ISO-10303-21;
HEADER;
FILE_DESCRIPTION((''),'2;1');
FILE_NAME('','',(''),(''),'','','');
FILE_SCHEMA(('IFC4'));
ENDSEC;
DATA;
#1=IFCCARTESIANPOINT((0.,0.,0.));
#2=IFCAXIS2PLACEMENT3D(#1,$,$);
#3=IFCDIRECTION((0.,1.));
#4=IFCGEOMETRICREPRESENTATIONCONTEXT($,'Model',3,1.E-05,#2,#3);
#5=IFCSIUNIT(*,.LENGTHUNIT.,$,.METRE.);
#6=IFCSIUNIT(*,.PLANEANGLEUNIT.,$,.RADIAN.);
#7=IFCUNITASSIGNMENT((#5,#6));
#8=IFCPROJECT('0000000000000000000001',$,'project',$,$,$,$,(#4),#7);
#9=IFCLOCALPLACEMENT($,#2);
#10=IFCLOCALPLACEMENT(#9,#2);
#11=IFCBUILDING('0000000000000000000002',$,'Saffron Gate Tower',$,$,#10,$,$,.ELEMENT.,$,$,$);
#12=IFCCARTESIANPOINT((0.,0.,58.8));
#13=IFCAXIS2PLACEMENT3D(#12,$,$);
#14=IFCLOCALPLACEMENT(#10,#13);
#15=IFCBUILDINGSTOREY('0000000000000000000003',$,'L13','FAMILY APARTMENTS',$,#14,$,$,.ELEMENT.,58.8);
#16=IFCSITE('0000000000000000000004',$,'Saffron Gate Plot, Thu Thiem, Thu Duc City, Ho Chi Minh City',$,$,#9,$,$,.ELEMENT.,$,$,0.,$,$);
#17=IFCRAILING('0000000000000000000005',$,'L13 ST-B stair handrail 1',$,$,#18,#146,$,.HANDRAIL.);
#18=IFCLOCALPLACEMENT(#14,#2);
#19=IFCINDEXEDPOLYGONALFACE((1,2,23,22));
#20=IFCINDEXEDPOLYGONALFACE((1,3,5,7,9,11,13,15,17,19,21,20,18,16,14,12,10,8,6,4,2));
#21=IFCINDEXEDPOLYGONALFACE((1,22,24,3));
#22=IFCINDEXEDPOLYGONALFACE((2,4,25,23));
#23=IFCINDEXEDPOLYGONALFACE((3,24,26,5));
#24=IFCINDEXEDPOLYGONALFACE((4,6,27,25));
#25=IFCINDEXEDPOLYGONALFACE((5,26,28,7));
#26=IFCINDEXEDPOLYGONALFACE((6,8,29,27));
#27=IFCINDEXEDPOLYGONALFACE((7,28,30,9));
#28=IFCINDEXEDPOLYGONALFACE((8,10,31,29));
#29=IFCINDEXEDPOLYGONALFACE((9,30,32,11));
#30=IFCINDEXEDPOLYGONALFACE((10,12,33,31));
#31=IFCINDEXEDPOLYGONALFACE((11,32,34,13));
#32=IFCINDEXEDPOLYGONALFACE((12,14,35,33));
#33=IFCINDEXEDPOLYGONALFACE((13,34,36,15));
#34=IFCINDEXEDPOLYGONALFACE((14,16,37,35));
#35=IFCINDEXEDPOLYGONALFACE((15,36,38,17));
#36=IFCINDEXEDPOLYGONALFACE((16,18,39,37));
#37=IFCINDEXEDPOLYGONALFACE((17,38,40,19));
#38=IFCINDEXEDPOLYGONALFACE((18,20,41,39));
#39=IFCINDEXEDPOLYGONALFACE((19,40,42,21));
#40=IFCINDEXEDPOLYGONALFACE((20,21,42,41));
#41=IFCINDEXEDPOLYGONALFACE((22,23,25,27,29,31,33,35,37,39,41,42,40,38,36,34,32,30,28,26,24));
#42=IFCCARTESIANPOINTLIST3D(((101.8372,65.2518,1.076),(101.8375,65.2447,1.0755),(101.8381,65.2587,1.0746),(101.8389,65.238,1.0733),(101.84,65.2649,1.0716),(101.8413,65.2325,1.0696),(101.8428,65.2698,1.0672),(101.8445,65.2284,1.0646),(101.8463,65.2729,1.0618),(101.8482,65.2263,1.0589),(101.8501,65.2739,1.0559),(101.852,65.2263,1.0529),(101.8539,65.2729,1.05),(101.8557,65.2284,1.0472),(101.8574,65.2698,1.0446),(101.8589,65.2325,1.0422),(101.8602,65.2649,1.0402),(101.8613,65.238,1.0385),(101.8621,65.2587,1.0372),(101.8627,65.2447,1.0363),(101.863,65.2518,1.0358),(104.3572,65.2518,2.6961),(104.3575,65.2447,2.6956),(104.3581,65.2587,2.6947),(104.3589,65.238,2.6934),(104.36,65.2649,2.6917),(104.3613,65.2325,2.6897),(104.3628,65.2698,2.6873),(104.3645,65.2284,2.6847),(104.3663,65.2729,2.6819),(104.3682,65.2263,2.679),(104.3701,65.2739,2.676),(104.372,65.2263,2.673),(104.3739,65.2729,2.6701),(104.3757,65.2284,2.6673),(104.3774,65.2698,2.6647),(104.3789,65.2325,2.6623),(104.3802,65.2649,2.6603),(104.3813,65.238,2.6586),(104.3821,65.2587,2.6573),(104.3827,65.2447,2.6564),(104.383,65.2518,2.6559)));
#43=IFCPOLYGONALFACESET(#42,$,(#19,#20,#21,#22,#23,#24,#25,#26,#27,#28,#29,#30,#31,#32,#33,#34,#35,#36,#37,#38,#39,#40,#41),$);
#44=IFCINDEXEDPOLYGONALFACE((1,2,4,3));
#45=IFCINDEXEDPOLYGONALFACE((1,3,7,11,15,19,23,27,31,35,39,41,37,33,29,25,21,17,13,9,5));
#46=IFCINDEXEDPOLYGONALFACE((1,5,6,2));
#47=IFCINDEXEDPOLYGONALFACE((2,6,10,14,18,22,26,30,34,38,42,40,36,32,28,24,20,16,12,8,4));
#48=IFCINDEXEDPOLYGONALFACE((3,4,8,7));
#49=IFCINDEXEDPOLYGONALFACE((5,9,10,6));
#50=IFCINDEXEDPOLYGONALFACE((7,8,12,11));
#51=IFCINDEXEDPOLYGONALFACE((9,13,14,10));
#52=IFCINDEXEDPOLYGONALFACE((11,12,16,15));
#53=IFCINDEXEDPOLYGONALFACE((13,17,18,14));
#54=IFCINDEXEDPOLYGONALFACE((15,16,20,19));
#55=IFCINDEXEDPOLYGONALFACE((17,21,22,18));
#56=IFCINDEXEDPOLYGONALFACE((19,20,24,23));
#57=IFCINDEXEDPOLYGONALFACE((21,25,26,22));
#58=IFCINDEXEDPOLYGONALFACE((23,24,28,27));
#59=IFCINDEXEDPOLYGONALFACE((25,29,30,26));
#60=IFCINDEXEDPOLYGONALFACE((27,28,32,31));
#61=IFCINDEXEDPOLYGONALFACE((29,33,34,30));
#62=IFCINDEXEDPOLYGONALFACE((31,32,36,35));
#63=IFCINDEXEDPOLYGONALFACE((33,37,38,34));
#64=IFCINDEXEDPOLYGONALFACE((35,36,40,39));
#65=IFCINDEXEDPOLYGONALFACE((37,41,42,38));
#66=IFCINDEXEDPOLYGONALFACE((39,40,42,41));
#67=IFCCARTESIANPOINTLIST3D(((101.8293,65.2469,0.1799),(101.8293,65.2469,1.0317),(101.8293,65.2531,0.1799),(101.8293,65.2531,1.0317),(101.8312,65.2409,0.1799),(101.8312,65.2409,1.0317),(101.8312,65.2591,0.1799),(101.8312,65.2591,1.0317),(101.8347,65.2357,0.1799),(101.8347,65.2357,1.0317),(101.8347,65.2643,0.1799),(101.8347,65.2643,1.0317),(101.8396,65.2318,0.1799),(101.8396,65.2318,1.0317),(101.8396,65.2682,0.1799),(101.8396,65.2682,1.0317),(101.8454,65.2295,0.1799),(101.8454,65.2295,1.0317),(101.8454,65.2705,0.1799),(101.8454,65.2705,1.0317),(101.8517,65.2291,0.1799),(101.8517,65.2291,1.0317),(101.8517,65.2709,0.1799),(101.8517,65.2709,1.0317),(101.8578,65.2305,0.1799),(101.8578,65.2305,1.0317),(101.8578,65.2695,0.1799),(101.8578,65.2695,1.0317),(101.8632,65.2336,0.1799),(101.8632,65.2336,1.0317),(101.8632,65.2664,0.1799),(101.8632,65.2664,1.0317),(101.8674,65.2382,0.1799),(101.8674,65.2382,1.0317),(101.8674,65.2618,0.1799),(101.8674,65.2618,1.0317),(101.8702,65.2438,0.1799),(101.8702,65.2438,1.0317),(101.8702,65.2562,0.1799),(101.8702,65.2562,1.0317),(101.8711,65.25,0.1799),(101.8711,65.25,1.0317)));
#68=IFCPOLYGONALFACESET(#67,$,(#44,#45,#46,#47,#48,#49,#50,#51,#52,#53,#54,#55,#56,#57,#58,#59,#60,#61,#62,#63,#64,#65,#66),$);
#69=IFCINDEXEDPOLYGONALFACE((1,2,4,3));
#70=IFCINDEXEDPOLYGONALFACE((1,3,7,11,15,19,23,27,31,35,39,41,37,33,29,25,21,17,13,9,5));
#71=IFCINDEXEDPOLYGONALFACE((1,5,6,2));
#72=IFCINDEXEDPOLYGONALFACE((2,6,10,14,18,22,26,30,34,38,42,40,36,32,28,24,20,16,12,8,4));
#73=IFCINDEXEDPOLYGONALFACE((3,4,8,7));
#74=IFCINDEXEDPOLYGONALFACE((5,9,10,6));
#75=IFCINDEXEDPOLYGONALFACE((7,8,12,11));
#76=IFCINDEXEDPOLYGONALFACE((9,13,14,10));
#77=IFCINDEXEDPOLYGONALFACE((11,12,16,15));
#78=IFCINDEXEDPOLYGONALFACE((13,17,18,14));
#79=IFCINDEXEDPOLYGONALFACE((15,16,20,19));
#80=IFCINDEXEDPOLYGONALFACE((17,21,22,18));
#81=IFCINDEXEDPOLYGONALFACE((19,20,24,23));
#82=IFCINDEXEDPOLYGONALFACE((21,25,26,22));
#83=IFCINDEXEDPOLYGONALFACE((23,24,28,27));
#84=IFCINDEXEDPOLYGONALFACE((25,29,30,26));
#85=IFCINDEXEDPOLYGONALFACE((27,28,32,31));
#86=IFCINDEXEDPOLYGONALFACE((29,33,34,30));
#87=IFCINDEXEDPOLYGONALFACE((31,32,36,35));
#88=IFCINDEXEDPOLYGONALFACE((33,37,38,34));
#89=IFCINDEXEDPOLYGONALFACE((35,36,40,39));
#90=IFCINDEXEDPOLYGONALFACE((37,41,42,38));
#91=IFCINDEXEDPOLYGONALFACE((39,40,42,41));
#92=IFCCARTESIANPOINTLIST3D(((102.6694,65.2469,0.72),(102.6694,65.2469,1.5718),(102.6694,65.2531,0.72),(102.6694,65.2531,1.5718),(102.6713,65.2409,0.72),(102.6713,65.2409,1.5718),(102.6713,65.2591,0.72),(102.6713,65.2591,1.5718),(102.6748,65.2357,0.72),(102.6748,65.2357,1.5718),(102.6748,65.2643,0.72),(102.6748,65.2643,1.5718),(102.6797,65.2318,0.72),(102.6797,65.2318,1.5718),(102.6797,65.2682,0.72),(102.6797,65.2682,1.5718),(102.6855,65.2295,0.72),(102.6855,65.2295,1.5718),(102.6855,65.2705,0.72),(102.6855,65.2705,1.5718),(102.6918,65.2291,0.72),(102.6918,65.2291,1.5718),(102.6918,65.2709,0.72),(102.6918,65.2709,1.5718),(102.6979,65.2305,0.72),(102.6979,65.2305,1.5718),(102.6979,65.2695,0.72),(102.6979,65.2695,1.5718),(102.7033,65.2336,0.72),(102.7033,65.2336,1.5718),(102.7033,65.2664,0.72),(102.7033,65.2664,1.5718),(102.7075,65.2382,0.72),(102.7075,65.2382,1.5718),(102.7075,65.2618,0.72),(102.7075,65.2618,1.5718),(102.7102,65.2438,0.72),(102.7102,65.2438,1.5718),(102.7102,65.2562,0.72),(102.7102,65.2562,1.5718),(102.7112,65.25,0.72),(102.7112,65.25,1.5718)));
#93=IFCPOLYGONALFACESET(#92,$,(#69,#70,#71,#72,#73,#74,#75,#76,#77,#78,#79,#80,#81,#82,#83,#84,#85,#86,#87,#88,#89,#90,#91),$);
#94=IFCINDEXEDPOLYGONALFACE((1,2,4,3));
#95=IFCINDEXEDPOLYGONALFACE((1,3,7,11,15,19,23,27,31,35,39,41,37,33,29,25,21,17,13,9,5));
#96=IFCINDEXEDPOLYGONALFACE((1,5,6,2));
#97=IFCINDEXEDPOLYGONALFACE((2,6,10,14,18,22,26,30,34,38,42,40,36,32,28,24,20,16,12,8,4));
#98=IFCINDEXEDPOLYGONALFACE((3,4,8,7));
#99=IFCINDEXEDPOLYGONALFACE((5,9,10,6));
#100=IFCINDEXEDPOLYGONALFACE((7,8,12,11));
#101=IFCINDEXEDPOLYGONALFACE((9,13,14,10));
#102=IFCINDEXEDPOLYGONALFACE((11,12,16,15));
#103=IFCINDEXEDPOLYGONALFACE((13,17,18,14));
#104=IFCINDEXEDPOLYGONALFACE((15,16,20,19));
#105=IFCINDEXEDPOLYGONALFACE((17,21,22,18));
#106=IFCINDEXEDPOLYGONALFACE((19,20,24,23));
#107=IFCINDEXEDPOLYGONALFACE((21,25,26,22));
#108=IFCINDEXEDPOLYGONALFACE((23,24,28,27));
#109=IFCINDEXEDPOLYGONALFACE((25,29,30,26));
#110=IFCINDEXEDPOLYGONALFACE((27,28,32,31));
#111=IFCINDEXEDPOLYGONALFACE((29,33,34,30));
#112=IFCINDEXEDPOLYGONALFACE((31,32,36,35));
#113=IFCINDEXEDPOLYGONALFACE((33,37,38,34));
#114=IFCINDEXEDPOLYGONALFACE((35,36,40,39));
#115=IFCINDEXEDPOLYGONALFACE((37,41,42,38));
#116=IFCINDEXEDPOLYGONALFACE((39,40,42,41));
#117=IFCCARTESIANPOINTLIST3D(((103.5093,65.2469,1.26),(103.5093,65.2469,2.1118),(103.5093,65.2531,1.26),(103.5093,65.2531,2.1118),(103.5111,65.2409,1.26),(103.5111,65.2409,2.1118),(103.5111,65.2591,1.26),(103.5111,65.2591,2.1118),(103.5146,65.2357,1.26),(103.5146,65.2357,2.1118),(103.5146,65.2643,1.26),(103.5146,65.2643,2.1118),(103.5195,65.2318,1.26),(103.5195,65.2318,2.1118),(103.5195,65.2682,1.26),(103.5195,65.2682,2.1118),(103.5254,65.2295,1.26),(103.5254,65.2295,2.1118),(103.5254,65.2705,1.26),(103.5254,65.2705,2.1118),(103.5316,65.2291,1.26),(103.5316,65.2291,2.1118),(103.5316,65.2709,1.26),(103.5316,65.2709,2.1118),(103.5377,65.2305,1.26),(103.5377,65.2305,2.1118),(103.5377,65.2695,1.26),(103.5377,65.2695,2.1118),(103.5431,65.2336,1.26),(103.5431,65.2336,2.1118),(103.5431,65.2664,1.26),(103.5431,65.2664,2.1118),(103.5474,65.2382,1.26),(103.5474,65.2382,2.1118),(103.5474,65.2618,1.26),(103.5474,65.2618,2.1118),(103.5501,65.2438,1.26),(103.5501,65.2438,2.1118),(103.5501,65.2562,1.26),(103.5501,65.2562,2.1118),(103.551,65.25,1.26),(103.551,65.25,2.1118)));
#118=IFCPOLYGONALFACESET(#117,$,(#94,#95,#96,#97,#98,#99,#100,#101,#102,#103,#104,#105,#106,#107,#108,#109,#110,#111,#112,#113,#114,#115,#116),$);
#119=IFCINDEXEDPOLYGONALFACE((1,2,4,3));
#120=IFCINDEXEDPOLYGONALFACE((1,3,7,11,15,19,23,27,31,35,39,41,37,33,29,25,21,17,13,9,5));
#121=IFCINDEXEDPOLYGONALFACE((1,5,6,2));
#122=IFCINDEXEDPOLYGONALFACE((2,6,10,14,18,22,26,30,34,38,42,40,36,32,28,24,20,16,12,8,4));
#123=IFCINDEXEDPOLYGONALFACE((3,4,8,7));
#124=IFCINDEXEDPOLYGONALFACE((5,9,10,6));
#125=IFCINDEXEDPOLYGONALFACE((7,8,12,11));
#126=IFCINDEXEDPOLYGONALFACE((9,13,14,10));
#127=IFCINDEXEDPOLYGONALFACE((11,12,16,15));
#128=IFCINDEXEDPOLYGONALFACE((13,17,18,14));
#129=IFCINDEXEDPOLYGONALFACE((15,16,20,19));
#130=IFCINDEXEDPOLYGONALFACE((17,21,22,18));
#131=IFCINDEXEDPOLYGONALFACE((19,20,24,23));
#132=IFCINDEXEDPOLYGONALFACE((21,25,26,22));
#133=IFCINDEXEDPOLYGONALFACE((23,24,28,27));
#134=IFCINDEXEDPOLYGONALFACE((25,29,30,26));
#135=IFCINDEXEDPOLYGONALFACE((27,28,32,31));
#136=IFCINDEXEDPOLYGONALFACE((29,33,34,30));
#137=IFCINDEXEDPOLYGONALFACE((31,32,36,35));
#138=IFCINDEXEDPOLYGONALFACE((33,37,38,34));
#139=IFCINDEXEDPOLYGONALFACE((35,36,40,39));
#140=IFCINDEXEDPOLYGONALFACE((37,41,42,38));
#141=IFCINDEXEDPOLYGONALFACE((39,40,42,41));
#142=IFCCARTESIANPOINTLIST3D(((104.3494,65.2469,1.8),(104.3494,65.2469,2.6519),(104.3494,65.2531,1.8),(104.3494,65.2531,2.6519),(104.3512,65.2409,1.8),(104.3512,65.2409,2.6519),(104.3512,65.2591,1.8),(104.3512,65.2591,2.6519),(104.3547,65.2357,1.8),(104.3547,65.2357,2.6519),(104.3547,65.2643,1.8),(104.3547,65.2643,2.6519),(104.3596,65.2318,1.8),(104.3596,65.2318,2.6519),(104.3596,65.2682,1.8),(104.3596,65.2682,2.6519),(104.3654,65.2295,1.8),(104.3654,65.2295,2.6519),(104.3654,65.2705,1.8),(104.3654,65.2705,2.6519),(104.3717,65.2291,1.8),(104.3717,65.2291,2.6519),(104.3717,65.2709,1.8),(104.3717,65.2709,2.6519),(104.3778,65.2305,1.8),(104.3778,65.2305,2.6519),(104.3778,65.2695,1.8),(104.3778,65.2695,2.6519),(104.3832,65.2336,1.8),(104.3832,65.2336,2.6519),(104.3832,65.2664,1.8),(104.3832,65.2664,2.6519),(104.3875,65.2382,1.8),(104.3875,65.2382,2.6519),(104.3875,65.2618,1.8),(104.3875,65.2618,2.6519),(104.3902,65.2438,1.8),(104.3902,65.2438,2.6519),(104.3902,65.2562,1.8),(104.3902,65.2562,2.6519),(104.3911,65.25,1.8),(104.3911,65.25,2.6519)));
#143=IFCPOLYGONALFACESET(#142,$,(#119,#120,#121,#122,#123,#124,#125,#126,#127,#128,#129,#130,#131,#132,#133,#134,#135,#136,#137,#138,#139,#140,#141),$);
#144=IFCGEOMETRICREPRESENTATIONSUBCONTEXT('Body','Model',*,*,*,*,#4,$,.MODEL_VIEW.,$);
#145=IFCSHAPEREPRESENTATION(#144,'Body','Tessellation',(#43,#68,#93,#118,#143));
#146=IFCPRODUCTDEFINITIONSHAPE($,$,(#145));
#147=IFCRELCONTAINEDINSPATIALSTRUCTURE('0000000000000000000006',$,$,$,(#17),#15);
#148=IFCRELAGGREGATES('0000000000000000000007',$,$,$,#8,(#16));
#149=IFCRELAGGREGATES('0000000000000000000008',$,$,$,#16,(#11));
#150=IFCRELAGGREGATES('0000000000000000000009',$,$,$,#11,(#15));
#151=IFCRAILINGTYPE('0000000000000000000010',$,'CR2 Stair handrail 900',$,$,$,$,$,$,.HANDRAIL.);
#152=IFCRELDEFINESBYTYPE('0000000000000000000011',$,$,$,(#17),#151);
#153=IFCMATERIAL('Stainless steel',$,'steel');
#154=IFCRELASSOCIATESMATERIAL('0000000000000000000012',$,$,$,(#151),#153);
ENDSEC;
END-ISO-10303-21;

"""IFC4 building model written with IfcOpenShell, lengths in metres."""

from ifc_helpers import new_model, si_unit, direction, frame, origin, origin_2d, place, context, subcontext, project, spatial, circle, extrude, material, type_object, element, save


model = new_model("IFC4")

# Units and contexts
model_context = context("Model", 3, precision=1e-05, world=origin(), true_north=direction((0.0, 1.0)))
body_context = subcontext(model_context, "Body", "Model", "MODEL_VIEW")
ifc_project = project(units=[si_unit("LENGTHUNIT", "METRE"), si_unit("PLANEANGLEUNIT", "RADIAN")], contexts=[model_context])

# Site, building, storey
site_placement = place(None, origin())
site = spatial("IfcSite", under=ifc_project, at=site_placement, Name="Saffron Gate Plot, Thu Thiem, Thu Duc City, Ho Chi Minh City", CompositionType="ELEMENT", RefElevation=0.0)
building_placement = place(site_placement, origin())
building = spatial("IfcBuilding", under=site, at=building_placement, Name="Saffron Gate Tower", CompositionType="ELEMENT")
storey_placement = place(building_placement, frame((0.0, 0.0, 58.8)))
storey = spatial("IfcBuildingStorey", under=building, at=storey_placement, Name="L13", Description="FAMILY APARTMENTS", CompositionType="ELEMENT", Elevation=58.8)

# Railing
ifc_material_1 = material(Name="Stainless steel", Category="steel")
railing_type_1 = type_object("IfcRailingType", Name="CR2 Stair handrail 900", PredefinedType="HANDRAIL", material=ifc_material_1)
railing_1_placement = place(storey_placement, frame((101.8501, 65.25, 0.1799)))
element("IfcRailing", 1, at=railing_1_placement, inside=storey, type_object=railing_type_1, Name="L13 ST-B stair handrail 1", PredefinedType="HANDRAIL", context=body_context, shape_type="SweptSolid", body=[
    extrude(circle(Radius=0.0239, at=origin_2d()), frame((0.0, 0.0, 0.876), z_axis=(0.841163, 0.0, 0.540782), x_axis=(0.0, 1.0, 0.0)), (0.0, 0.0, 1.0), 2.9958),
    extrude(circle(Radius=0.021, at=origin_2d()), origin(), (0.0, 0.0, 1.0), 0.8518),
    extrude(circle(Radius=0.021, at=origin_2d()), frame((0.8401, 0.0, 0.54)), (0.0, 0.0, 1.0), 0.8518),
    extrude(circle(Radius=0.021, at=origin_2d()), frame((1.6799, 0.0, 1.0801)), (0.0, 0.0, 1.0), 0.8518),
    extrude(circle(Radius=0.021, at=origin_2d()), frame((2.52, 0.0, 1.6201)), (0.0, 0.0, 1.0), 0.8518),
])

save(model, "model.ifc")
